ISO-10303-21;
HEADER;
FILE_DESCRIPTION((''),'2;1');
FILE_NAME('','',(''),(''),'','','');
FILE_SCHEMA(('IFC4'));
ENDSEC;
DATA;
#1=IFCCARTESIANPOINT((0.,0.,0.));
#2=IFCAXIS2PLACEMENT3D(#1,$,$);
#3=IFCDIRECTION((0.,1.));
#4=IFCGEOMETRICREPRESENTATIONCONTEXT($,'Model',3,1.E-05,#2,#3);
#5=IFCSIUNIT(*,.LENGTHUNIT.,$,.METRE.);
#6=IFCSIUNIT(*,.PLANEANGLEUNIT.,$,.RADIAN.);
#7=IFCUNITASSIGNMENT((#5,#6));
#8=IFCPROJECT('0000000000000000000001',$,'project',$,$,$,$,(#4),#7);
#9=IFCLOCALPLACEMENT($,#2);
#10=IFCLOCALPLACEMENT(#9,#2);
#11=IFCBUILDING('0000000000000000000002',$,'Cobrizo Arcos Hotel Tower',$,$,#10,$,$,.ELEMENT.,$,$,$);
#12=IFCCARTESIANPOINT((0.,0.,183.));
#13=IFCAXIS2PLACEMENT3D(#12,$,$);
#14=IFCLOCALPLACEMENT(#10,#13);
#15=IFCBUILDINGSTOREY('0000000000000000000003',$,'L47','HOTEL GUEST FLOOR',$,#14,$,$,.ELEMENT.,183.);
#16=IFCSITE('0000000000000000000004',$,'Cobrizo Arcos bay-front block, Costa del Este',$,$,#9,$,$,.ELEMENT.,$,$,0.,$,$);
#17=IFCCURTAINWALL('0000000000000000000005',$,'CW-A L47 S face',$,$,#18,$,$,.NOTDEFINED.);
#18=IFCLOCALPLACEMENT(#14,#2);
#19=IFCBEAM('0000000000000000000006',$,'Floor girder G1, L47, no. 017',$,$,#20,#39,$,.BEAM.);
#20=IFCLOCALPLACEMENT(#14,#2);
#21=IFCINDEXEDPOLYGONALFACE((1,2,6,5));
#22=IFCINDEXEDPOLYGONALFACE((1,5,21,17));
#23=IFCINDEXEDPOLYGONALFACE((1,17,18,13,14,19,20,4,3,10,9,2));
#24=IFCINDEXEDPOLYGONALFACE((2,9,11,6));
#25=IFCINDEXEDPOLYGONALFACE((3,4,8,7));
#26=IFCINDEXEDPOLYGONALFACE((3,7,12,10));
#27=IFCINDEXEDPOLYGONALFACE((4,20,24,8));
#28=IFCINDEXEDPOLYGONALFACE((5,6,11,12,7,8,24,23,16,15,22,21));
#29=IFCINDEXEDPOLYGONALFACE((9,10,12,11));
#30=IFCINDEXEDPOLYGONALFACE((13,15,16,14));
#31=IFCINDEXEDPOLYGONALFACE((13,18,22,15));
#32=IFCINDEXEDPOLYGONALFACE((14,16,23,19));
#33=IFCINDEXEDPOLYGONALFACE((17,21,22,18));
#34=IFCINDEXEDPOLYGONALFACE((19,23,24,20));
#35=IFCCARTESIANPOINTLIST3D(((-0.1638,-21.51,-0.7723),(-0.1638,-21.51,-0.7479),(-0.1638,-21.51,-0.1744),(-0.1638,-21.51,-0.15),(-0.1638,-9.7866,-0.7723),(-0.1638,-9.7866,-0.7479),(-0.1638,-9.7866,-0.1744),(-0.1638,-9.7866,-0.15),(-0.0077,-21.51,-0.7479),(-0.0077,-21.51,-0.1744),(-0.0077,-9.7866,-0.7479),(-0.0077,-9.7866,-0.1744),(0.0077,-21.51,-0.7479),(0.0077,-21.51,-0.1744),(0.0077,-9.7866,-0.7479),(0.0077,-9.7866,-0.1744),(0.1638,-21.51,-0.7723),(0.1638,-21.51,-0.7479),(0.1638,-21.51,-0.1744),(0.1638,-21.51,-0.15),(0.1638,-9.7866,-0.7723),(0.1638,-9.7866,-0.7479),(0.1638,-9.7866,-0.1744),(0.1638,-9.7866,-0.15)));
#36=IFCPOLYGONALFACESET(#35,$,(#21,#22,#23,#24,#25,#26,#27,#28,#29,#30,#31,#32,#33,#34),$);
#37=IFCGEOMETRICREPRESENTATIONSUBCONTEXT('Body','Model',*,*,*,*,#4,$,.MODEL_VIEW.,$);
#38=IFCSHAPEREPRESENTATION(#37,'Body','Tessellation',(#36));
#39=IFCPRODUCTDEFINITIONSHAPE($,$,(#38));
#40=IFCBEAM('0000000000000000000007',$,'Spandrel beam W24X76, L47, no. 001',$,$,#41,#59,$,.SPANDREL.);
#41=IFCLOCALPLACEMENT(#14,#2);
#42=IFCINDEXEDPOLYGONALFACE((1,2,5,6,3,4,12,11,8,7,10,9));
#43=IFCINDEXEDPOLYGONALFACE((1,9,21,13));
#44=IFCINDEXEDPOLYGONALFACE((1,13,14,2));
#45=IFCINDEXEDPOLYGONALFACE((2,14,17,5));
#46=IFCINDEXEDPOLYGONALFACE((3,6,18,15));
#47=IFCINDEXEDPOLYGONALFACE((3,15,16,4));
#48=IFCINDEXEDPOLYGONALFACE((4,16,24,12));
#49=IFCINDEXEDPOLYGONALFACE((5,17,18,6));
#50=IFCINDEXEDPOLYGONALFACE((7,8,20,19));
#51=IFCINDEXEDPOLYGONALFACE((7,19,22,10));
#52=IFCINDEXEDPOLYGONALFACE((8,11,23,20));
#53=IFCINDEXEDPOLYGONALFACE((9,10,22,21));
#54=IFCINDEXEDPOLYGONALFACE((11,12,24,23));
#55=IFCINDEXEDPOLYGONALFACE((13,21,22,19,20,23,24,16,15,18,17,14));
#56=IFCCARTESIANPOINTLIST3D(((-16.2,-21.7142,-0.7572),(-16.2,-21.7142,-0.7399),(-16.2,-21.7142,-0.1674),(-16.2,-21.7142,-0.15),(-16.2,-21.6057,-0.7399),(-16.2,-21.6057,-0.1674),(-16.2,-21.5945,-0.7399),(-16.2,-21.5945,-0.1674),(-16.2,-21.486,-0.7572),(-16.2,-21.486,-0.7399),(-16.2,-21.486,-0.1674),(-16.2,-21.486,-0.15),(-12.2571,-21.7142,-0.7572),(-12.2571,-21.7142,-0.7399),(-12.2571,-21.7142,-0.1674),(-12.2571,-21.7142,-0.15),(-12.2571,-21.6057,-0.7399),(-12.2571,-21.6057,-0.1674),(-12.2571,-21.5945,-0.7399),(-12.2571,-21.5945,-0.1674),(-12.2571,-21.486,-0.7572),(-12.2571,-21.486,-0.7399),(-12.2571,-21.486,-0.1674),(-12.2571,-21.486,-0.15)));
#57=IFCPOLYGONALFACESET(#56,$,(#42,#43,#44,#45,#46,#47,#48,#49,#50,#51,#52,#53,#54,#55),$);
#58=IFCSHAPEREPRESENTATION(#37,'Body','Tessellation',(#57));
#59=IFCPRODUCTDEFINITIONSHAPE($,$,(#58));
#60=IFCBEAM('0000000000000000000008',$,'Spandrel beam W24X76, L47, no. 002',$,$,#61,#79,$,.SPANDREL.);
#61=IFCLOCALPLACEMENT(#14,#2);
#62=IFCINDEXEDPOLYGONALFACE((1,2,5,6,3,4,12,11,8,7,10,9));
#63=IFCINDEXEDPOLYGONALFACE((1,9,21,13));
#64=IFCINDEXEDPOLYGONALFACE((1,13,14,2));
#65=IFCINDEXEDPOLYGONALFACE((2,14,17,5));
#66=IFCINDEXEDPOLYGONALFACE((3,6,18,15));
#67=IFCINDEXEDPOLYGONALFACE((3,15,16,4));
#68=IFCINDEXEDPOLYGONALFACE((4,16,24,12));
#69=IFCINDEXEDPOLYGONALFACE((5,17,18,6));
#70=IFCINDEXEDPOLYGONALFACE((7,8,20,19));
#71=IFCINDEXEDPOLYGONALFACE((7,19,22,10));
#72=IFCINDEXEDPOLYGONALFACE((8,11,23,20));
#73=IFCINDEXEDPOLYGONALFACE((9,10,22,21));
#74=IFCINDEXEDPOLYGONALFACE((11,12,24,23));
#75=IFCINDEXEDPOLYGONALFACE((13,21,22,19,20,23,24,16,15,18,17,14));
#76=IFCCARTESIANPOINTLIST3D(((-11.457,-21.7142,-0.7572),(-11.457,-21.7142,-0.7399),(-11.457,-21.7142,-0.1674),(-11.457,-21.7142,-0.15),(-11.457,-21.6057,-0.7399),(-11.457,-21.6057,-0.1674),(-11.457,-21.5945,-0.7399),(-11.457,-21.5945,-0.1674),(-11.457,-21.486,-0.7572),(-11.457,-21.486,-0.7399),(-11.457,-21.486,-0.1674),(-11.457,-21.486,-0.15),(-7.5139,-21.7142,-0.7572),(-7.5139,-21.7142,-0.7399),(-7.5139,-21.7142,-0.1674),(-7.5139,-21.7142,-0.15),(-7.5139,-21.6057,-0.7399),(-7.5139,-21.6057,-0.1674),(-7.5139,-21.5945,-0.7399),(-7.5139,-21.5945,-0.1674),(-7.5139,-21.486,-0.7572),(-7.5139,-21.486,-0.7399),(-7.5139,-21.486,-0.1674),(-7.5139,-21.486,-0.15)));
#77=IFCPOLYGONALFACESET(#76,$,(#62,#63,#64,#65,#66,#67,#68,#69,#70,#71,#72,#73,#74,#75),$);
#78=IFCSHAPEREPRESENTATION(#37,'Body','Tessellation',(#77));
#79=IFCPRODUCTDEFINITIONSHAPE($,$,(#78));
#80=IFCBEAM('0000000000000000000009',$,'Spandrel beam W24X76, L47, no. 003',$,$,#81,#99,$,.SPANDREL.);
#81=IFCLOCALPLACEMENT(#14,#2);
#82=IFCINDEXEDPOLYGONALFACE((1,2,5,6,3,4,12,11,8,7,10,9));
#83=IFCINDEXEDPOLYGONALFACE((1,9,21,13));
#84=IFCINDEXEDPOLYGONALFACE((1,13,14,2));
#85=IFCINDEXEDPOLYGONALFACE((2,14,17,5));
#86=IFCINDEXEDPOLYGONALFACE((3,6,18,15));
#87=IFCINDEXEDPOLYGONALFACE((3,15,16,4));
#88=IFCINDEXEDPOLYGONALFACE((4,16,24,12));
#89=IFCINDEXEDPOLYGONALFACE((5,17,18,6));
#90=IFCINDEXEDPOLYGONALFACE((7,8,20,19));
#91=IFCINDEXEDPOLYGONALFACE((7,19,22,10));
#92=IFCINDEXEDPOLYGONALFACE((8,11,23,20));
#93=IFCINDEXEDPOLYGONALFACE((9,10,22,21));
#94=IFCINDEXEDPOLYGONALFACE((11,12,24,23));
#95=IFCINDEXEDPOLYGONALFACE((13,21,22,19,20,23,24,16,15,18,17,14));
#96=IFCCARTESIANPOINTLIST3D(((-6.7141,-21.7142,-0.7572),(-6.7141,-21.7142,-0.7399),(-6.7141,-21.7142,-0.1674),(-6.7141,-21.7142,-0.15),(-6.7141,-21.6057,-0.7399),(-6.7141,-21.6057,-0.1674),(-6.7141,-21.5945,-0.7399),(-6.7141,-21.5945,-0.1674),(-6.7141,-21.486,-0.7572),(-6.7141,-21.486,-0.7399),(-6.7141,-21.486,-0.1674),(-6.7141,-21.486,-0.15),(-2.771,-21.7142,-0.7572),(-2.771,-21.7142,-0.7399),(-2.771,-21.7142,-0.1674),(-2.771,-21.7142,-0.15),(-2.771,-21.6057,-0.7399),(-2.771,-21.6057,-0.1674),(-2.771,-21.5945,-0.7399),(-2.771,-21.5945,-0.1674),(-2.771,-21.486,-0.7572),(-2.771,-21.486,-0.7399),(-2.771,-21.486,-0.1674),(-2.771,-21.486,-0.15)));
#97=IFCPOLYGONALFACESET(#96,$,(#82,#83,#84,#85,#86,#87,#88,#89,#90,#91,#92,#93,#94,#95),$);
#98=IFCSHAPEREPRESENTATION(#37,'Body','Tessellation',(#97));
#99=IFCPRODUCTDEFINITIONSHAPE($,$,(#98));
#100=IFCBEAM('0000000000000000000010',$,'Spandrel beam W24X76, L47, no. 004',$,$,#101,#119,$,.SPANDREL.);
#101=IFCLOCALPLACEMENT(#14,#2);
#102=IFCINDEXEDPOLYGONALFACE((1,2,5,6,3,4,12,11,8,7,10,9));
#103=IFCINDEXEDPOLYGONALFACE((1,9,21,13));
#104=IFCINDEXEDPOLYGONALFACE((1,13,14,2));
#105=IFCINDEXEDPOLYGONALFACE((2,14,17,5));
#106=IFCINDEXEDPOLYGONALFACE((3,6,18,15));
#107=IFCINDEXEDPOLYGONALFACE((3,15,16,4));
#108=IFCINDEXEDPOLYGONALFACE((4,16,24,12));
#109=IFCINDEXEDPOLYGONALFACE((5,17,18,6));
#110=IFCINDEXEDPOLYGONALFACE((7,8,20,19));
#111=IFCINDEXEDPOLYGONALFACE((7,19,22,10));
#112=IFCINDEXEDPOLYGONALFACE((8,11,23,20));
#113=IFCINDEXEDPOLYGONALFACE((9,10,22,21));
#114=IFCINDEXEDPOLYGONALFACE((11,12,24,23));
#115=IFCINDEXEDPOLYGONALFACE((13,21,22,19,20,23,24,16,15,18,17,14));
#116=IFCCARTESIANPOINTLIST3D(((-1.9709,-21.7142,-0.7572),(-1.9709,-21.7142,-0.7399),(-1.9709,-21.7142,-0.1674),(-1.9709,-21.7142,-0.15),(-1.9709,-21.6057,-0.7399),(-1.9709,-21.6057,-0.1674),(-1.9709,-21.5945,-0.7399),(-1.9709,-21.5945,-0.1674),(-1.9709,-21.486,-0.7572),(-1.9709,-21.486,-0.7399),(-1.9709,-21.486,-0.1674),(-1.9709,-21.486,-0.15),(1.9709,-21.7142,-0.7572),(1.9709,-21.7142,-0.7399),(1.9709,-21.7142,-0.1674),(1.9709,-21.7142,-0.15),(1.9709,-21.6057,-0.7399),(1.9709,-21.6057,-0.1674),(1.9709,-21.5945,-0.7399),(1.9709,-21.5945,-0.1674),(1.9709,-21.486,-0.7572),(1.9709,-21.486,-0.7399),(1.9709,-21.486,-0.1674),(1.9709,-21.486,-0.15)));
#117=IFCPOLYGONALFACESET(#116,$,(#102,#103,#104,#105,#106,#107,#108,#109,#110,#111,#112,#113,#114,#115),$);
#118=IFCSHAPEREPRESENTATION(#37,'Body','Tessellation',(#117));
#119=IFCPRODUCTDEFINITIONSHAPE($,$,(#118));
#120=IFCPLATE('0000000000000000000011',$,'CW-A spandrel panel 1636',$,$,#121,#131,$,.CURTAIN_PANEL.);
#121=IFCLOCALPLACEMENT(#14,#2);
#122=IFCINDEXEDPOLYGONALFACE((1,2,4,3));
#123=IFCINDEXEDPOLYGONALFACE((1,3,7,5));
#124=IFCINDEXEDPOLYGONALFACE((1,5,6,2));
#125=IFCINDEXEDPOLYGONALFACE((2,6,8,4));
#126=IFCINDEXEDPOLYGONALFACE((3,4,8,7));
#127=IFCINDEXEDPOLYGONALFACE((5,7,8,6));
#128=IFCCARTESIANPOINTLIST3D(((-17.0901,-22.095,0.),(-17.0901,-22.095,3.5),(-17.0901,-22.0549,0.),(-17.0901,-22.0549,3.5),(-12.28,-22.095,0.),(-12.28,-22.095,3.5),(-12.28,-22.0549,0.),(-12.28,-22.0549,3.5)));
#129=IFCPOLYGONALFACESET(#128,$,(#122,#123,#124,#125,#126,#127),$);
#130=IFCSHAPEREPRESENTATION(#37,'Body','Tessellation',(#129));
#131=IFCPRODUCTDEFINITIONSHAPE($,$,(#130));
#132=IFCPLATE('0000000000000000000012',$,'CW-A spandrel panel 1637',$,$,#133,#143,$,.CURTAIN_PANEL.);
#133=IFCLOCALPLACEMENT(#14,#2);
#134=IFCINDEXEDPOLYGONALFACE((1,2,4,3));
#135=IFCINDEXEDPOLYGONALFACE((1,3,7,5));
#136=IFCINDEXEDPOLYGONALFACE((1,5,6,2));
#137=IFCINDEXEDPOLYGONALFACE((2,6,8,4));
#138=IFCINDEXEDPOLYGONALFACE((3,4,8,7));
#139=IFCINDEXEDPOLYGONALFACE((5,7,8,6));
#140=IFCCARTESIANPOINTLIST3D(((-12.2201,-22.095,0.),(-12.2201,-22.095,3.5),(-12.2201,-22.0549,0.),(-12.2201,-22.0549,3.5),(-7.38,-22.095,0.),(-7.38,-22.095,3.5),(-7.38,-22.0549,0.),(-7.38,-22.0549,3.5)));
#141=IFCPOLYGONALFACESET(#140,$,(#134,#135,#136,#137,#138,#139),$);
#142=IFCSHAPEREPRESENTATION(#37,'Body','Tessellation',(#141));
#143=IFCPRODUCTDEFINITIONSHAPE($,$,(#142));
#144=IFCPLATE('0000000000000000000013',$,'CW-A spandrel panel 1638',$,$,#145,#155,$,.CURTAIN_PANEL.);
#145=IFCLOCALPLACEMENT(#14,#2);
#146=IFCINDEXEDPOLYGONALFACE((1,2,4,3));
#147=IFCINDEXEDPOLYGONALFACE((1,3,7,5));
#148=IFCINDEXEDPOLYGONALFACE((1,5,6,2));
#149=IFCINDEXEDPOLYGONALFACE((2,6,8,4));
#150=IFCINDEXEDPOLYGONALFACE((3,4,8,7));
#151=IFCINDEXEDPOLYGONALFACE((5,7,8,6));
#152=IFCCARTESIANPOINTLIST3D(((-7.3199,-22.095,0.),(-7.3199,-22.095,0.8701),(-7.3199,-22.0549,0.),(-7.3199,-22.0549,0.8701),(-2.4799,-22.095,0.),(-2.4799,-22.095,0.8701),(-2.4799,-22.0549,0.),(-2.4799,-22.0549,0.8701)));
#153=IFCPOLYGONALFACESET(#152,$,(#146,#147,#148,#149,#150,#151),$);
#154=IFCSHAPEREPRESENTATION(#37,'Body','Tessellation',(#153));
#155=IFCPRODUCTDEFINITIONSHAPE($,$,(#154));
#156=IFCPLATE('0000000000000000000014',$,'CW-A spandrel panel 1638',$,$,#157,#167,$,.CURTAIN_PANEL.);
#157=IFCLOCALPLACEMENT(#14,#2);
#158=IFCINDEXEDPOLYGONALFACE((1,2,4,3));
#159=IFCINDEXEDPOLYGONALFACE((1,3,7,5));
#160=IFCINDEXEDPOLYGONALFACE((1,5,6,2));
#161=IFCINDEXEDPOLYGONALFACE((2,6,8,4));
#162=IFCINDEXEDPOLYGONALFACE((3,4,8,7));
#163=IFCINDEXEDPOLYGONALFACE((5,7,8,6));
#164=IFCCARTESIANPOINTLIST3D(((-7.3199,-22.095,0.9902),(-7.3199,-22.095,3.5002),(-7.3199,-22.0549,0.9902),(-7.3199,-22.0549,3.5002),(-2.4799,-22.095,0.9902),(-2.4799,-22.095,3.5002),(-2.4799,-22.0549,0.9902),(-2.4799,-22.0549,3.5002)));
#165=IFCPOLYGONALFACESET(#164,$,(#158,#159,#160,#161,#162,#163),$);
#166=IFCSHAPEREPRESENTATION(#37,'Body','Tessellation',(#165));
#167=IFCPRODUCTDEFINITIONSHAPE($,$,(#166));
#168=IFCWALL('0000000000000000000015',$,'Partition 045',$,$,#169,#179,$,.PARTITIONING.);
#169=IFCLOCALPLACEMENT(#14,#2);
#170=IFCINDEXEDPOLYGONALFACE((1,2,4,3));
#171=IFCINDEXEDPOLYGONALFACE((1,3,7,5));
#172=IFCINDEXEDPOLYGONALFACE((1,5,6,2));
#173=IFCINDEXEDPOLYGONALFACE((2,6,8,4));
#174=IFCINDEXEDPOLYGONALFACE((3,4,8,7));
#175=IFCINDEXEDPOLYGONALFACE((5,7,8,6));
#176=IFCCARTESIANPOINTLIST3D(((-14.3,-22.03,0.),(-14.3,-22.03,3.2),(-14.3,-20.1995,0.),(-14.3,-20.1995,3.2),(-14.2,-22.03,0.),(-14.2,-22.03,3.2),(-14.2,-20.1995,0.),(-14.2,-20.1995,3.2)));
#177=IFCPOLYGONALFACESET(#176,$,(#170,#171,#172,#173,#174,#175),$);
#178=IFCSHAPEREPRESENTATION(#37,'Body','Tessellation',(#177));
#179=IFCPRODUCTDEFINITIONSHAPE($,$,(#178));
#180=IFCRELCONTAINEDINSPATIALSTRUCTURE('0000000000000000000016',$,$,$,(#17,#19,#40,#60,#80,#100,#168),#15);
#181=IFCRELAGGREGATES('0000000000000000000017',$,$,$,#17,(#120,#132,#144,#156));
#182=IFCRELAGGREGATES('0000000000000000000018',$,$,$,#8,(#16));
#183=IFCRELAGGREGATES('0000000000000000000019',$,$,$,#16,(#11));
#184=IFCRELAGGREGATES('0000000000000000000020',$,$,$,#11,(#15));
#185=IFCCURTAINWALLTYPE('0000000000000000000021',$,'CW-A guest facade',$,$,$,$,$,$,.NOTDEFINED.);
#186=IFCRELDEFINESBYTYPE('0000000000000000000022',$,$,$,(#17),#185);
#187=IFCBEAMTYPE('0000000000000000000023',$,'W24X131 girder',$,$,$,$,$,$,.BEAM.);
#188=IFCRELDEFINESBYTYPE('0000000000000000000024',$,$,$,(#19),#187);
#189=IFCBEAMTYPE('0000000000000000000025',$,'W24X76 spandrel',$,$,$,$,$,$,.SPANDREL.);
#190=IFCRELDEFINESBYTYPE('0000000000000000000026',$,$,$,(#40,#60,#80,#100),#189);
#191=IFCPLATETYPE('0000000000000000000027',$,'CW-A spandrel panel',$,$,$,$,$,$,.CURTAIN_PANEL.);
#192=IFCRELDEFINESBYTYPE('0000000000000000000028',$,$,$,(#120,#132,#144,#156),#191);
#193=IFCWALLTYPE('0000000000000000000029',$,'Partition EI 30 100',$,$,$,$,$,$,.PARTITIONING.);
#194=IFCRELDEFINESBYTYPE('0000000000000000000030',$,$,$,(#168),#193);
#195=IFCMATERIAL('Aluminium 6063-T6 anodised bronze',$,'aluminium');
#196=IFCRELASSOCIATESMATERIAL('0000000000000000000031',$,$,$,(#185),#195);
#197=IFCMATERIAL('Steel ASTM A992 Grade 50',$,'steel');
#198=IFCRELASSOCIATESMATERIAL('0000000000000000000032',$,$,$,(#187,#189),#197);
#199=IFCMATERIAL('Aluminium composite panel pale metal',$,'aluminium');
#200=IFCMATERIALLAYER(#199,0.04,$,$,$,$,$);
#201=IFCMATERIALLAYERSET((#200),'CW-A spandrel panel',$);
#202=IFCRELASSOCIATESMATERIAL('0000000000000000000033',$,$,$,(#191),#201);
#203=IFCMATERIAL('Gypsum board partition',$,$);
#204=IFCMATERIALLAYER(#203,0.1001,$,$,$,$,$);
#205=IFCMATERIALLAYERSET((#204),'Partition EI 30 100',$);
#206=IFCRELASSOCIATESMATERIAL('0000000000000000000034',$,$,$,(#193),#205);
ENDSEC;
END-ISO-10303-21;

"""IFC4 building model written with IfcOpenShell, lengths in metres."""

from ifc_helpers import new_model, si_unit, direction, frame, frame_2d, origin, origin_2d, place, context, subcontext, project, spatial, rectangle, i_section, extrude, material, layer, layer_set, material_profile, profile_set, type_object, element, aggregate, save


model = new_model("IFC4")

# Units and contexts
model_context = context("Model", 3, precision=1e-05, world=origin(), true_north=direction((0.0, 1.0)))
body_context = subcontext(model_context, "Body", "Model", "MODEL_VIEW")
ifc_project = project(units=[si_unit("LENGTHUNIT", "METRE"), si_unit("PLANEANGLEUNIT", "RADIAN")], contexts=[model_context])

# Site, building, storey
site_placement = place(None, origin())
site = spatial("IfcSite", under=ifc_project, at=site_placement, Name="Cobrizo Arcos bay-front block, Costa del Este", CompositionType="ELEMENT", RefElevation=0.0)
building_placement = place(site_placement, origin())
building = spatial("IfcBuilding", under=site, at=building_placement, Name="Cobrizo Arcos Hotel Tower", CompositionType="ELEMENT")
storey_placement = place(building_placement, frame((0.0, 0.0, 183.0)))
storey = spatial("IfcBuildingStorey", under=building, at=storey_placement, Name="L47", Description="HOTEL GUEST FLOOR", CompositionType="ELEMENT", Elevation=183.0)

# Curtain wall
ifc_material_1 = material(Name="Aluminium 6063-T6 anodised bronze", Category="aluminium")
curtain_wall_type = type_object("IfcCurtainWallType", Name="CW-A guest facade", PredefinedType="NOTDEFINED", material=ifc_material_1)
curtain_wall_placement = place(storey_placement, origin())
curtain_wall = element("IfcCurtainWall", 1, at=curtain_wall_placement, inside=storey, type_object=curtain_wall_type, Name="CW-A L47 S face", PredefinedType="NOTDEFINED")

# Beams
ifc_material_2 = material(Name="Steel ASTM A992 Grade 50", Category="steel")
ifc_material_profile_1 = material_profile(ifc_material_2, i_section(OverallWidth=0.3276, OverallDepth=0.6223, WebThickness=0.0154, FlangeThickness=0.0244, at=origin_2d()), Name="W24X131")
ifc_profile_set_1 = profile_set([ifc_material_profile_1], Name="Steel ASTM A992 Grade 50")
beam_type_1 = type_object("IfcBeamType", Name="W24X131 girder", PredefinedType="BEAM", material=ifc_profile_set_1)
for number, where, z_axis, x_axis, name in (
    (2, (0.0, -21.51, -0.4612), (0.0, 1.0, 0.0), (-1.0, 0.0, 0.0), "Floor girder G1, L47, no. 017"),
):
    element("IfcBeam", number, at=place(storey_placement, frame(where, z_axis=z_axis, x_axis=x_axis)), inside=storey, type_object=beam_type_1, Name=name, PredefinedType="BEAM", context=body_context, shape_type="SweptSolid", body=[
        extrude(i_section(OverallWidth=0.3276, OverallDepth=0.6223, WebThickness=0.0154, FlangeThickness=0.0244, at=origin_2d()), origin(), (0.0, 0.0, 1.0), 11.7234),
    ])
ifc_material_profile_2 = material_profile(ifc_material_2, i_section(OverallWidth=0.2283, OverallDepth=0.6072, WebThickness=0.0112, FlangeThickness=0.0173, at=origin_2d()), Name="W24X76")
ifc_profile_set_2 = profile_set([ifc_material_profile_2], Name="Steel ASTM A992 Grade 50")
beam_type_2 = type_object("IfcBeamType", Name="W24X76 spandrel", PredefinedType="SPANDREL", material=ifc_profile_set_2)
beam_1_placement = place(storey_placement, frame((-16.2, -21.6001, -0.4536), z_axis=(1.0, 0.0, 0.0), x_axis=(0.0, 1.0, 0.0)))
element("IfcBeam", 3, at=beam_1_placement, inside=storey, type_object=beam_type_2, Name="Spandrel beam W24X76, L47, no. 001", PredefinedType="SPANDREL", context=body_context, shape_type="SweptSolid", body=[
    extrude(i_section(OverallWidth=0.2283, OverallDepth=0.6072, WebThickness=0.0112, FlangeThickness=0.0173, at=origin_2d()), origin(), (0.0, 0.0, 1.0), 3.9429),
])
for number, where, z_axis, x_axis, name in (
    (4, (-11.457, -21.6001, -0.4536), (1.0, 0.0, 0.0), (0.0, 1.0, 0.0), "Spandrel beam W24X76, L47, no. 002"),
    (5, (-6.7141, -21.6001, -0.4536), (1.0, 0.0, 0.0), (0.0, 1.0, 0.0), "Spandrel beam W24X76, L47, no. 003"),
):
    element("IfcBeam", number, at=place(storey_placement, frame(where, z_axis=z_axis, x_axis=x_axis)), inside=storey, type_object=beam_type_2, Name=name, PredefinedType="SPANDREL", context=body_context, shape_type="SweptSolid", body=[
        extrude(i_section(OverallWidth=0.2283, OverallDepth=0.6072, WebThickness=0.0112, FlangeThickness=0.0173, at=origin_2d()), origin(), (0.0, 0.0, 1.0), 3.9431),
    ])
beam_2_placement = place(storey_placement, frame((-1.9709, -21.6001, -0.4536), z_axis=(1.0, 0.0, 0.0), x_axis=(0.0, 1.0, 0.0)))
element("IfcBeam", 6, at=beam_2_placement, inside=storey, type_object=beam_type_2, Name="Spandrel beam W24X76, L47, no. 004", PredefinedType="SPANDREL", context=body_context, shape_type="SweptSolid", body=[
    extrude(i_section(OverallWidth=0.2283, OverallDepth=0.6072, WebThickness=0.0112, FlangeThickness=0.0173, at=origin_2d()), origin(), (0.0, 0.0, 1.0), 3.9419),
])

# Plates
ifc_material_3 = material(Name="Aluminium composite panel pale metal", Category="aluminium")
ifc_layer_1 = layer(ifc_material_3, 0.04)
ifc_layer_set_1 = layer_set([ifc_layer_1], Name="CW-A spandrel panel")
plate_type = type_object("IfcPlateType", Name="CW-A spandrel panel", PredefinedType="CURTAIN_PANEL", material=ifc_layer_set_1)
plate_1_placement = place(storey_placement, frame((-14.6851, -22.075, 0.0), z_axis=(0.0, 0.0, 1.0), x_axis=(1.0, 0.0, 0.0)))
plate_1 = element("IfcPlate", 7, at=plate_1_placement, type_object=plate_type, Name="CW-A spandrel panel 1636", PredefinedType="CURTAIN_PANEL", context=body_context, shape_type="SweptSolid", body=[
    extrude(rectangle(XDim=4.8101, YDim=0.04, at=origin_2d()), origin(), (0.0, 0.0, 1.0), 3.5),
])
plate_2_placement = place(storey_placement, frame((-9.8, -22.075, 0.0), z_axis=(0.0, 0.0, 1.0), x_axis=(1.0, 0.0, 0.0)))
plate_2 = element("IfcPlate", 8, at=plate_2_placement, type_object=plate_type, Name="CW-A spandrel panel 1637", PredefinedType="CURTAIN_PANEL", context=body_context, shape_type="SweptSolid", body=[
    extrude(rectangle(XDim=4.8401, YDim=0.04, at=origin_2d()), origin(), (0.0, 0.0, 1.0), 3.5),
])
plate_3_placement = place(storey_placement, frame((-4.8999, -22.075, 0.0), z_axis=(0.0, 0.0, 1.0), x_axis=(1.0, 0.0, 0.0)))
plate_3 = element("IfcPlate", 9, at=plate_3_placement, type_object=plate_type, Name="CW-A spandrel panel 1638", PredefinedType="CURTAIN_PANEL", context=body_context, shape_type="SweptSolid", body=[
    extrude(rectangle(XDim=4.8401, YDim=0.04, at=origin_2d()), origin(), (0.0, 0.0, 1.0), 0.8701),
])
plate_4_placement = place(storey_placement, frame((-4.8999, -22.075, 0.9902), z_axis=(0.0, 0.0, 1.0), x_axis=(1.0, 0.0, 0.0)))
plate_4 = element("IfcPlate", 10, at=plate_4_placement, type_object=plate_type, Name="CW-A spandrel panel 1638", PredefinedType="CURTAIN_PANEL", context=body_context, shape_type="SweptSolid", body=[
    extrude(rectangle(XDim=4.8401, YDim=0.04, at=origin_2d()), origin(), (0.0, 0.0, 1.0), 2.51),
])
aggregate(curtain_wall, [plate_1, plate_2, plate_3, plate_4])

# Wall
ifc_material_4 = material(Name="Gypsum board partition")
ifc_layer_2 = layer(ifc_material_4, 0.1001)
ifc_layer_set_2 = layer_set([ifc_layer_2], Name="Partition EI 30 100")
wall_type = type_object("IfcWallType", Name="Partition EI 30 100", PredefinedType="PARTITIONING", material=ifc_layer_set_2)
wall_placement = place(storey_placement, frame((-14.25, -22.03, 0.0), z_axis=(0.0, 0.0, 1.0), x_axis=(0.0, 1.0, 0.0)))
element("IfcWall", 11, at=wall_placement, inside=storey, type_object=wall_type, Name="Partition 045", PredefinedType="PARTITIONING", context=body_context, shape_type="SweptSolid", body=[
    extrude(rectangle(XDim=1.8306, YDim=0.1001, at=frame_2d((0.9153, 0.0))), origin(), (0.0, 0.0, 1.0), 3.2),
])

save(model, "model.ifc")
